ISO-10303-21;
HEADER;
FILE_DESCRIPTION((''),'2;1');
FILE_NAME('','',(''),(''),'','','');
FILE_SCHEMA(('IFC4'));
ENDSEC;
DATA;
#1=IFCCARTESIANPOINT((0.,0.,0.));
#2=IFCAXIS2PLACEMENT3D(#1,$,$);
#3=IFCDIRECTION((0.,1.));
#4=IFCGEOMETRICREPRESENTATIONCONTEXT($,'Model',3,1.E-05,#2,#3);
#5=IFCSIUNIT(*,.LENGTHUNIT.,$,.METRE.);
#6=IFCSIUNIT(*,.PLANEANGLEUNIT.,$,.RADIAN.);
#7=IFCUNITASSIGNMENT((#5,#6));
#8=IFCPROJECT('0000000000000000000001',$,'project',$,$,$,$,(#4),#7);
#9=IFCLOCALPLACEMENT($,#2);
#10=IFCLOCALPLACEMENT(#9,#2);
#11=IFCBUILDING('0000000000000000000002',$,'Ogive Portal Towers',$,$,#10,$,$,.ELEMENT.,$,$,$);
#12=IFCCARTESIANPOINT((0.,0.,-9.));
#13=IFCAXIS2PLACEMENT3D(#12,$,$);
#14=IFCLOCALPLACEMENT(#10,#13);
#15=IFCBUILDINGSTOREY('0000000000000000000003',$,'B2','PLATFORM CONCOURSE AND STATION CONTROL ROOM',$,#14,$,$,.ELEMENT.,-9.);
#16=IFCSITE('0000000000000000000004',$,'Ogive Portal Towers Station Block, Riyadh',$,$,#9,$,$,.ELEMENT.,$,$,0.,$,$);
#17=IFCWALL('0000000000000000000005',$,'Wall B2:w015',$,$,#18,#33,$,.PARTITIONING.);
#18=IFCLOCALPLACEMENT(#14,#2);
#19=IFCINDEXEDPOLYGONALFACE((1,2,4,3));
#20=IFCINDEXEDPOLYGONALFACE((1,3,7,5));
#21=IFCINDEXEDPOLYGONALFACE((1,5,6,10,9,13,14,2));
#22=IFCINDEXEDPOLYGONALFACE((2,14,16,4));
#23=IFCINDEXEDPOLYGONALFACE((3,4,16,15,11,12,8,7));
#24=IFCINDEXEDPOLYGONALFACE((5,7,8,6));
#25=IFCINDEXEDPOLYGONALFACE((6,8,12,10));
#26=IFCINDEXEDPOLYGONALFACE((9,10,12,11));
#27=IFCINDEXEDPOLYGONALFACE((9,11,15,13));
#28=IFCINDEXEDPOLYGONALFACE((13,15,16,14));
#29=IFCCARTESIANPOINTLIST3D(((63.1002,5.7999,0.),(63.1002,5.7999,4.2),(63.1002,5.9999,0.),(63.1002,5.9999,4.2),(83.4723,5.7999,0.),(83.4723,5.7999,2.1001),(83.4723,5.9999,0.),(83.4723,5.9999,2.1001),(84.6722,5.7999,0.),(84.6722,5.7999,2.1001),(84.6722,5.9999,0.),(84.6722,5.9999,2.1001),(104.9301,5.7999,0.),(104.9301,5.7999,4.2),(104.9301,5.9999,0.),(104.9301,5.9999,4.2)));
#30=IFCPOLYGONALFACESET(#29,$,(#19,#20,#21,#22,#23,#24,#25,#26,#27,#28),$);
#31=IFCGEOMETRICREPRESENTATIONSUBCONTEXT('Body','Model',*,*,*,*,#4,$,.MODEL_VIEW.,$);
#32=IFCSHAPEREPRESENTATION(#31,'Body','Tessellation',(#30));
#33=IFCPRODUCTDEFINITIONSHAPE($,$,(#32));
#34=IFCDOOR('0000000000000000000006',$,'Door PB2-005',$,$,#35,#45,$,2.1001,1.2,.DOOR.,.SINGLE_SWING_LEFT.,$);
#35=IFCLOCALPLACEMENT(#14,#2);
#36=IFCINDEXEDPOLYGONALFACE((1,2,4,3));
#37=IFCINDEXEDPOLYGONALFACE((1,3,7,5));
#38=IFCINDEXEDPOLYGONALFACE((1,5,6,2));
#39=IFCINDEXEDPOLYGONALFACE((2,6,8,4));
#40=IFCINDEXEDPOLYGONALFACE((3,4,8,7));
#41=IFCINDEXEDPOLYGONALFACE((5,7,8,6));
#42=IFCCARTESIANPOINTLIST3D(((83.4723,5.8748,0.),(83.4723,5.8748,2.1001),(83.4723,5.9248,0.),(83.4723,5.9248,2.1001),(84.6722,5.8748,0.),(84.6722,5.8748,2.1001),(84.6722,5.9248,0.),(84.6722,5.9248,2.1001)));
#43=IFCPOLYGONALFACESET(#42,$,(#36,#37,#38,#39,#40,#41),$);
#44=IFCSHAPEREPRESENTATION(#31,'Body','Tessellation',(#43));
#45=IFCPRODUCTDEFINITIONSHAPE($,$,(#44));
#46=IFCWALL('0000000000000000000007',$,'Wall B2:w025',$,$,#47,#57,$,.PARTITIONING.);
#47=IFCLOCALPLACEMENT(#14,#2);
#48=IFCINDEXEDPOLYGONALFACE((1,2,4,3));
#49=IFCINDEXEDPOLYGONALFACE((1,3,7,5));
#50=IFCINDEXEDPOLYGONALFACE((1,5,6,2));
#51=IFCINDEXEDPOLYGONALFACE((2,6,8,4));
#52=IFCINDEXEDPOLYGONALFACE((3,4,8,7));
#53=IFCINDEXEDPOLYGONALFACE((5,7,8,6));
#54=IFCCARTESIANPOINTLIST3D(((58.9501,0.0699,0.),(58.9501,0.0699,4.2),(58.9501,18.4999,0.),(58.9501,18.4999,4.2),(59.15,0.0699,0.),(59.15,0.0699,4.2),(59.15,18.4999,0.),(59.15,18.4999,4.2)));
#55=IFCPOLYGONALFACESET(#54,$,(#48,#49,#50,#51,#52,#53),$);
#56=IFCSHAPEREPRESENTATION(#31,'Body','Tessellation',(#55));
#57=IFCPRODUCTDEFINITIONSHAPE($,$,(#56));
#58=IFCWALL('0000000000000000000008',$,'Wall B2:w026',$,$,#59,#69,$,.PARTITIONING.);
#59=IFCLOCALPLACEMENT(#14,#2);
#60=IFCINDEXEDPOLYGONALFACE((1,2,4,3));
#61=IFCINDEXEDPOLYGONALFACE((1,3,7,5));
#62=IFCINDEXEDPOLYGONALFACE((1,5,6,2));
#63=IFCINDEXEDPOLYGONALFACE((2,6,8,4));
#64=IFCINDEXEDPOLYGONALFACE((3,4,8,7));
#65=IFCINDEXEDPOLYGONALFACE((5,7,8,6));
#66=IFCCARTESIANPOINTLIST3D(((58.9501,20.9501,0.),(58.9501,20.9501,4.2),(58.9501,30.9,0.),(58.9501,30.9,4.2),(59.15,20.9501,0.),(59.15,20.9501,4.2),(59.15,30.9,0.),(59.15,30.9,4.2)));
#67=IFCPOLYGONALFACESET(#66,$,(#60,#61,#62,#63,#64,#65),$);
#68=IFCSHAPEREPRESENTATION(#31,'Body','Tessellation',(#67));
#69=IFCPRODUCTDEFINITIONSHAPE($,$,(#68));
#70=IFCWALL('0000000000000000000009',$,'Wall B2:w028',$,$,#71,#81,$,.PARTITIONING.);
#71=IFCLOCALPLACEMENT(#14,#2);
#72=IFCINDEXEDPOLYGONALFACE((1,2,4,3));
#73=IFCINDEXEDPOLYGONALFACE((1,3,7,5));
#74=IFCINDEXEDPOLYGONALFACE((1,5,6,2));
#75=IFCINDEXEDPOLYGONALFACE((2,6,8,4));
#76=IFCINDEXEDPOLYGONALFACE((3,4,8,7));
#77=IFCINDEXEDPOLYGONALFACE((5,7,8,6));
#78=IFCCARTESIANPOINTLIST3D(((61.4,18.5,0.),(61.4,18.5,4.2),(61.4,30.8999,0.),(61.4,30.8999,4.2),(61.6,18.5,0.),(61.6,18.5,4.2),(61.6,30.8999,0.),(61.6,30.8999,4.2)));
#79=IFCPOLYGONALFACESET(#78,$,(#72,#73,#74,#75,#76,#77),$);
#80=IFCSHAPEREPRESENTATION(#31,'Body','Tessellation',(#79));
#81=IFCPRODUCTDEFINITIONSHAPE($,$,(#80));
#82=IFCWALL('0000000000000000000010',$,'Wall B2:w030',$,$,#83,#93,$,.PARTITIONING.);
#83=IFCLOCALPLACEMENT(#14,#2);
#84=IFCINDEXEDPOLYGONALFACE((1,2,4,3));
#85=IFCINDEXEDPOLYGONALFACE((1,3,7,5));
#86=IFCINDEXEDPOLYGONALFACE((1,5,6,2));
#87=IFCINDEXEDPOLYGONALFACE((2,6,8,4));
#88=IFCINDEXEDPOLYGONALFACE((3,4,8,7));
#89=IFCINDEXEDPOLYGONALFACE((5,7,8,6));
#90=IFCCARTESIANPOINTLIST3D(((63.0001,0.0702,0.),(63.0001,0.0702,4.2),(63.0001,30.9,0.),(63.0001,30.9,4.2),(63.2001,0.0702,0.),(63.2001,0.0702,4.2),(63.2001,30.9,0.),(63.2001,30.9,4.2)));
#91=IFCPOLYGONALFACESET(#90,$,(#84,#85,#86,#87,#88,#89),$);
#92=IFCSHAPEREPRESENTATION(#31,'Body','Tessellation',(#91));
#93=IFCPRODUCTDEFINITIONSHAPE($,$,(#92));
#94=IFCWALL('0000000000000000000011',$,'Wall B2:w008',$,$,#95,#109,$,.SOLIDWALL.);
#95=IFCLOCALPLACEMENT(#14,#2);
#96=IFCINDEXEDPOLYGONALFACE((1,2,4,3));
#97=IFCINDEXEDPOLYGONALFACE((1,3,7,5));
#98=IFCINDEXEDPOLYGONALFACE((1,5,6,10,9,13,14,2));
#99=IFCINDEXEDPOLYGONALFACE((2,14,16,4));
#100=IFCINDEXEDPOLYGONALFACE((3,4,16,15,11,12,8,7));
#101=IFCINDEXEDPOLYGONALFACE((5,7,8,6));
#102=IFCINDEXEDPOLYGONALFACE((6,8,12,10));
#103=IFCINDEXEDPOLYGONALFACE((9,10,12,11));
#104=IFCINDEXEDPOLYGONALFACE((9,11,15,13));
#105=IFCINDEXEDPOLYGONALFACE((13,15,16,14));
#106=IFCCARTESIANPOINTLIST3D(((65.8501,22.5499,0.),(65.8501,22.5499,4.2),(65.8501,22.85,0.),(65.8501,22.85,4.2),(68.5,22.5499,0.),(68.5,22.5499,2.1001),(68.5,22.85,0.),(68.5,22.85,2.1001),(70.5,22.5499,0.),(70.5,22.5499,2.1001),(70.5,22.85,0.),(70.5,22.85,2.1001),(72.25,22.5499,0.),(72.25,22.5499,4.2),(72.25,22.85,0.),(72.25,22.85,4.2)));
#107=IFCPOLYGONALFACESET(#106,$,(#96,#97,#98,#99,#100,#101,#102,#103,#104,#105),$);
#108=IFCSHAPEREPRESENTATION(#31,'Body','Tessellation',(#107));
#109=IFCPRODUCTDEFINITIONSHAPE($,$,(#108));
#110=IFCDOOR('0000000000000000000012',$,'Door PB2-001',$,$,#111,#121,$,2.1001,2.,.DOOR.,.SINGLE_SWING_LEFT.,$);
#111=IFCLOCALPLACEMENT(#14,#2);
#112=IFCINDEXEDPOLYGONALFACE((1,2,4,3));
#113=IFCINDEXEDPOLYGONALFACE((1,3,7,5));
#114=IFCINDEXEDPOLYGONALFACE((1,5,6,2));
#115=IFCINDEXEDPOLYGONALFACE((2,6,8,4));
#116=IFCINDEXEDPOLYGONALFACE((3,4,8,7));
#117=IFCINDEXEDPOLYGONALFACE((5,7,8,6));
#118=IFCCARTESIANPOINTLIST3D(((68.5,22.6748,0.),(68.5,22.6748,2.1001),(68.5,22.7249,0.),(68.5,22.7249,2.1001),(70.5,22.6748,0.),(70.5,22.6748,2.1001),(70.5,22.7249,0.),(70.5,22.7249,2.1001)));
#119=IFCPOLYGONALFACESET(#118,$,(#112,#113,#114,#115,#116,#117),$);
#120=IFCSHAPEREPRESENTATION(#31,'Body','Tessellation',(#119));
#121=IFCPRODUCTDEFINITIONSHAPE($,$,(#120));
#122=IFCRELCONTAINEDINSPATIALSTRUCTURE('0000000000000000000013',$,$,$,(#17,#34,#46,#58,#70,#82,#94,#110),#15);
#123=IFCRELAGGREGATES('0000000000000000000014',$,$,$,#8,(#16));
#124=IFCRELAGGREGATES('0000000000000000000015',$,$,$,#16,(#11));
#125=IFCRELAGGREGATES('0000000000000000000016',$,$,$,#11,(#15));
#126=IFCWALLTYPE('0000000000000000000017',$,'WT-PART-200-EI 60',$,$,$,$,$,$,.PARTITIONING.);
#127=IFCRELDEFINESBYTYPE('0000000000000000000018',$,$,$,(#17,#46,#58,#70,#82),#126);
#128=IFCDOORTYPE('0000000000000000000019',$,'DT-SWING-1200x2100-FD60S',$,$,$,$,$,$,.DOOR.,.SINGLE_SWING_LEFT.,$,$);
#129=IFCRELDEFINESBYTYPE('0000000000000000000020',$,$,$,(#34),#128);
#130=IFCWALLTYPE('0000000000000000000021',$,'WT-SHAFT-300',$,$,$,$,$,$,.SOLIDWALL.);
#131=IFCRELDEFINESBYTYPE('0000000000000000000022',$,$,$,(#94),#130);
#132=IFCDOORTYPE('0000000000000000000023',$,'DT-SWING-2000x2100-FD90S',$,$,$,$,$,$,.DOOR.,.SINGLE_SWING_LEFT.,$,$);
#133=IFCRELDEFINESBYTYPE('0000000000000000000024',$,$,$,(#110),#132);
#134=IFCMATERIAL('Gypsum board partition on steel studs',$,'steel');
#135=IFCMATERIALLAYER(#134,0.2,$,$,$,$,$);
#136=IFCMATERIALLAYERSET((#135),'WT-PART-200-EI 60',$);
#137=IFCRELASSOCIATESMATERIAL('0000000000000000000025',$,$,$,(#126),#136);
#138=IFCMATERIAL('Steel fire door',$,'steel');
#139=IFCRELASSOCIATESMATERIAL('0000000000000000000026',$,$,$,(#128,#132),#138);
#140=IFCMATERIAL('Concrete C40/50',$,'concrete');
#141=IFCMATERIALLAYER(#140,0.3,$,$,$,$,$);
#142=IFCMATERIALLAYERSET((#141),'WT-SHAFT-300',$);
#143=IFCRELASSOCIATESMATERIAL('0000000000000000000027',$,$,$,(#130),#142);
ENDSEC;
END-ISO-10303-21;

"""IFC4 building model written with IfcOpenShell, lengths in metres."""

from ifc_helpers import new_model, si_unit, direction, frame, frame_2d, origin, place, context, subcontext, project, spatial, rectangle, extrude, material, layer, layer_set, type_object, element, fill, save


model = new_model("IFC4")

# Units and contexts
model_context = context("Model", 3, precision=1e-05, world=origin(), true_north=direction((0.0, 1.0)))
body_context = subcontext(model_context, "Body", "Model", "MODEL_VIEW")
ifc_project = project(units=[si_unit("LENGTHUNIT", "METRE"), si_unit("PLANEANGLEUNIT", "RADIAN")], contexts=[model_context])

# Site, building, storey
site_placement = place(None, origin())
site = spatial("IfcSite", under=ifc_project, at=site_placement, Name="Ogive Portal Towers Station Block, Riyadh", CompositionType="ELEMENT", RefElevation=0.0)
building_placement = place(site_placement, origin())
building = spatial("IfcBuilding", under=site, at=building_placement, Name="Ogive Portal Towers", CompositionType="ELEMENT")
storey_placement = place(building_placement, frame((0.0, 0.0, -9.0)))
storey = spatial("IfcBuildingStorey", under=building, at=storey_placement, Name="B2", Description="PLATFORM CONCOURSE AND STATION CONTROL ROOM", CompositionType="ELEMENT", Elevation=-9.0)

# Shared definitions
ifc_material_1 = material(Name="Concrete C40/50", Category="concrete")

# Wall, opening, door
ifc_material_2 = material(Name="Gypsum board partition on steel studs", Category="steel")
ifc_layer_1 = layer(ifc_material_2, 0.2)
ifc_layer_set_1 = layer_set([ifc_layer_1], Name="WT-PART-200-EI 60")
wall_type_1 = type_object("IfcWallType", Name="WT-PART-200-EI 60", PredefinedType="PARTITIONING", material=ifc_layer_set_1)
wall_1_placement = place(storey_placement, frame((63.1001, 5.8999, 0.0), z_axis=(0.0, 0.0, 1.0), x_axis=(1.0, 0.0, 0.0)))
wall_1 = element("IfcWall", 1, at=wall_1_placement, inside=storey, type_object=wall_type_1, Name="Wall B2:w015", PredefinedType="PARTITIONING", context=body_context, shape_type="SweptSolid", body=[
    extrude(rectangle(XDim=41.8298, YDim=0.2, at=frame_2d((20.915, 0.0))), origin(), (0.0, 0.0, 1.0), 4.2),
])
opening_1_placement = place(wall_1_placement, frame((20.3721, 0.0, 0.0)))
opening_1 = element("IfcOpeningElement", 2, at=opening_1_placement, cuts=wall_1, PredefinedType="OPENING", context=body_context, shape_type="SweptSolid", body=[
    extrude(rectangle(XDim=1.2, YDim=2.1001, at=frame_2d((0.6001, 1.05))), frame((0.0, 0.1099, 0.0), z_axis=(0.0, -1.0, 0.0), x_axis=(1.0, 0.0, 0.0)), (0.0, 0.0, 1.0), 0.22),
])
ifc_material_3 = material(Name="Steel fire door", Category="steel")
door_type_1 = type_object("IfcDoorType", Name="DT-SWING-1200x2100-FD60S", OperationType="SINGLE_SWING_LEFT", PredefinedType="DOOR", material=ifc_material_3)
door_1_placement = place(opening_1_placement, origin())
door_1 = element("IfcDoor", 3, at=door_1_placement, inside=storey, type_object=door_type_1, Name="Door PB2-005", OperationType="SINGLE_SWING_LEFT", OverallHeight=2.1001, OverallWidth=1.2, PredefinedType="DOOR", context=body_context, shape_type="SweptSolid", body=[
    extrude(rectangle(XDim=1.2, YDim=2.1001, at=frame_2d((0.6001, 1.05))), frame((0.0, 0.0249, 0.0), z_axis=(0.0, -1.0, 0.0), x_axis=(1.0, 0.0, 0.0)), (0.0, 0.0, 1.0), 0.05),
])
fill(opening_1, door_1)

# Walls
wall_2_placement = place(storey_placement, frame((59.05, 0.0701, 0.0), z_axis=(0.0, 0.0, 1.0), x_axis=(0.0, 1.0, 0.0)))
element("IfcWall", 4, at=wall_2_placement, inside=storey, type_object=wall_type_1, Name="Wall B2:w025", PredefinedType="PARTITIONING", context=body_context, shape_type="SweptSolid", body=[
    extrude(rectangle(XDim=18.4299, YDim=0.2, at=frame_2d((9.2148, 0.0))), origin(), (0.0, 0.0, 1.0), 4.2),
])
wall_3_placement = place(storey_placement, frame((59.05, 20.95, 0.0), z_axis=(0.0, 0.0, 1.0), x_axis=(0.0, 1.0, 0.0)))
element("IfcWall", 5, at=wall_3_placement, inside=storey, type_object=wall_type_1, Name="Wall B2:w026", PredefinedType="PARTITIONING", context=body_context, shape_type="SweptSolid", body=[
    extrude(rectangle(XDim=9.95, YDim=0.2, at=frame_2d((4.9751, 0.0))), origin(), (0.0, 0.0, 1.0), 4.2),
])
wall_4_placement = place(storey_placement, frame((61.5, 18.5, 0.0), z_axis=(0.0, 0.0, 1.0), x_axis=(0.0, 1.0, 0.0)))
element("IfcWall", 6, at=wall_4_placement, inside=storey, type_object=wall_type_1, Name="Wall B2:w028", PredefinedType="PARTITIONING", context=body_context, shape_type="SweptSolid", body=[
    extrude(rectangle(XDim=12.3999, YDim=0.2, at=frame_2d((6.2, 0.0))), origin(), (0.0, 0.0, 1.0), 4.2),
])
wall_5_placement = place(storey_placement, frame((63.1001, 0.0701, 0.0), z_axis=(0.0, 0.0, 1.0), x_axis=(0.0, 1.0, 0.0)))
element("IfcWall", 7, at=wall_5_placement, inside=storey, type_object=wall_type_1, Name="Wall B2:w030", PredefinedType="PARTITIONING", context=body_context, shape_type="SweptSolid", body=[
    extrude(rectangle(XDim=30.8298, YDim=0.2, at=frame_2d((15.415, 0.0))), origin(), (0.0, 0.0, 1.0), 4.2),
])

# Wall, opening, door
ifc_layer_2 = layer(ifc_material_1, 0.3)
ifc_layer_set_2 = layer_set([ifc_layer_2], Name="WT-SHAFT-300")
wall_type_2 = type_object("IfcWallType", Name="WT-SHAFT-300", PredefinedType="SOLIDWALL", material=ifc_layer_set_2)
wall_6_placement = place(storey_placement, frame((65.8501, 22.7, 0.0), z_axis=(0.0, 0.0, 1.0), x_axis=(1.0, 0.0, 0.0)))
wall_6 = element("IfcWall", 8, at=wall_6_placement, inside=storey, type_object=wall_type_2, Name="Wall B2:w008", PredefinedType="SOLIDWALL", context=body_context, shape_type="SweptSolid", body=[
    extrude(rectangle(XDim=6.3999, YDim=0.3, at=frame_2d((3.2, 0.0))), origin(), (0.0, 0.0, 1.0), 4.2),
])
opening_2_placement = place(wall_6_placement, frame((2.6499, 0.0, 0.0)))
opening_2 = element("IfcOpeningElement", 9, at=opening_2_placement, cuts=wall_6, PredefinedType="OPENING", context=body_context, shape_type="SweptSolid", body=[
    extrude(rectangle(XDim=2.0, YDim=2.1001, at=frame_2d((1.0, 1.05))), frame((0.0, 0.1602, 0.0), z_axis=(0.0, -1.0, 0.0), x_axis=(1.0, 0.0, 0.0)), (0.0, 0.0, 1.0), 0.3201),
])
door_type_2 = type_object("IfcDoorType", Name="DT-SWING-2000x2100-FD90S", OperationType="SINGLE_SWING_LEFT", PredefinedType="DOOR", material=ifc_material_3)
door_2_placement = place(opening_2_placement, origin())
door_2 = element("IfcDoor", 10, at=door_2_placement, inside=storey, type_object=door_type_2, Name="Door PB2-001", OperationType="SINGLE_SWING_LEFT", OverallHeight=2.1001, OverallWidth=2.0, PredefinedType="DOOR", context=body_context, shape_type="SweptSolid", body=[
    extrude(rectangle(XDim=2.0, YDim=2.1001, at=frame_2d((1.0, 1.05))), frame((0.0, 0.0249, 0.0), z_axis=(0.0, -1.0, 0.0), x_axis=(1.0, 0.0, 0.0)), (0.0, 0.0, 1.0), 0.05),
])
fill(opening_2, door_2)

save(model, "model.ifc")
